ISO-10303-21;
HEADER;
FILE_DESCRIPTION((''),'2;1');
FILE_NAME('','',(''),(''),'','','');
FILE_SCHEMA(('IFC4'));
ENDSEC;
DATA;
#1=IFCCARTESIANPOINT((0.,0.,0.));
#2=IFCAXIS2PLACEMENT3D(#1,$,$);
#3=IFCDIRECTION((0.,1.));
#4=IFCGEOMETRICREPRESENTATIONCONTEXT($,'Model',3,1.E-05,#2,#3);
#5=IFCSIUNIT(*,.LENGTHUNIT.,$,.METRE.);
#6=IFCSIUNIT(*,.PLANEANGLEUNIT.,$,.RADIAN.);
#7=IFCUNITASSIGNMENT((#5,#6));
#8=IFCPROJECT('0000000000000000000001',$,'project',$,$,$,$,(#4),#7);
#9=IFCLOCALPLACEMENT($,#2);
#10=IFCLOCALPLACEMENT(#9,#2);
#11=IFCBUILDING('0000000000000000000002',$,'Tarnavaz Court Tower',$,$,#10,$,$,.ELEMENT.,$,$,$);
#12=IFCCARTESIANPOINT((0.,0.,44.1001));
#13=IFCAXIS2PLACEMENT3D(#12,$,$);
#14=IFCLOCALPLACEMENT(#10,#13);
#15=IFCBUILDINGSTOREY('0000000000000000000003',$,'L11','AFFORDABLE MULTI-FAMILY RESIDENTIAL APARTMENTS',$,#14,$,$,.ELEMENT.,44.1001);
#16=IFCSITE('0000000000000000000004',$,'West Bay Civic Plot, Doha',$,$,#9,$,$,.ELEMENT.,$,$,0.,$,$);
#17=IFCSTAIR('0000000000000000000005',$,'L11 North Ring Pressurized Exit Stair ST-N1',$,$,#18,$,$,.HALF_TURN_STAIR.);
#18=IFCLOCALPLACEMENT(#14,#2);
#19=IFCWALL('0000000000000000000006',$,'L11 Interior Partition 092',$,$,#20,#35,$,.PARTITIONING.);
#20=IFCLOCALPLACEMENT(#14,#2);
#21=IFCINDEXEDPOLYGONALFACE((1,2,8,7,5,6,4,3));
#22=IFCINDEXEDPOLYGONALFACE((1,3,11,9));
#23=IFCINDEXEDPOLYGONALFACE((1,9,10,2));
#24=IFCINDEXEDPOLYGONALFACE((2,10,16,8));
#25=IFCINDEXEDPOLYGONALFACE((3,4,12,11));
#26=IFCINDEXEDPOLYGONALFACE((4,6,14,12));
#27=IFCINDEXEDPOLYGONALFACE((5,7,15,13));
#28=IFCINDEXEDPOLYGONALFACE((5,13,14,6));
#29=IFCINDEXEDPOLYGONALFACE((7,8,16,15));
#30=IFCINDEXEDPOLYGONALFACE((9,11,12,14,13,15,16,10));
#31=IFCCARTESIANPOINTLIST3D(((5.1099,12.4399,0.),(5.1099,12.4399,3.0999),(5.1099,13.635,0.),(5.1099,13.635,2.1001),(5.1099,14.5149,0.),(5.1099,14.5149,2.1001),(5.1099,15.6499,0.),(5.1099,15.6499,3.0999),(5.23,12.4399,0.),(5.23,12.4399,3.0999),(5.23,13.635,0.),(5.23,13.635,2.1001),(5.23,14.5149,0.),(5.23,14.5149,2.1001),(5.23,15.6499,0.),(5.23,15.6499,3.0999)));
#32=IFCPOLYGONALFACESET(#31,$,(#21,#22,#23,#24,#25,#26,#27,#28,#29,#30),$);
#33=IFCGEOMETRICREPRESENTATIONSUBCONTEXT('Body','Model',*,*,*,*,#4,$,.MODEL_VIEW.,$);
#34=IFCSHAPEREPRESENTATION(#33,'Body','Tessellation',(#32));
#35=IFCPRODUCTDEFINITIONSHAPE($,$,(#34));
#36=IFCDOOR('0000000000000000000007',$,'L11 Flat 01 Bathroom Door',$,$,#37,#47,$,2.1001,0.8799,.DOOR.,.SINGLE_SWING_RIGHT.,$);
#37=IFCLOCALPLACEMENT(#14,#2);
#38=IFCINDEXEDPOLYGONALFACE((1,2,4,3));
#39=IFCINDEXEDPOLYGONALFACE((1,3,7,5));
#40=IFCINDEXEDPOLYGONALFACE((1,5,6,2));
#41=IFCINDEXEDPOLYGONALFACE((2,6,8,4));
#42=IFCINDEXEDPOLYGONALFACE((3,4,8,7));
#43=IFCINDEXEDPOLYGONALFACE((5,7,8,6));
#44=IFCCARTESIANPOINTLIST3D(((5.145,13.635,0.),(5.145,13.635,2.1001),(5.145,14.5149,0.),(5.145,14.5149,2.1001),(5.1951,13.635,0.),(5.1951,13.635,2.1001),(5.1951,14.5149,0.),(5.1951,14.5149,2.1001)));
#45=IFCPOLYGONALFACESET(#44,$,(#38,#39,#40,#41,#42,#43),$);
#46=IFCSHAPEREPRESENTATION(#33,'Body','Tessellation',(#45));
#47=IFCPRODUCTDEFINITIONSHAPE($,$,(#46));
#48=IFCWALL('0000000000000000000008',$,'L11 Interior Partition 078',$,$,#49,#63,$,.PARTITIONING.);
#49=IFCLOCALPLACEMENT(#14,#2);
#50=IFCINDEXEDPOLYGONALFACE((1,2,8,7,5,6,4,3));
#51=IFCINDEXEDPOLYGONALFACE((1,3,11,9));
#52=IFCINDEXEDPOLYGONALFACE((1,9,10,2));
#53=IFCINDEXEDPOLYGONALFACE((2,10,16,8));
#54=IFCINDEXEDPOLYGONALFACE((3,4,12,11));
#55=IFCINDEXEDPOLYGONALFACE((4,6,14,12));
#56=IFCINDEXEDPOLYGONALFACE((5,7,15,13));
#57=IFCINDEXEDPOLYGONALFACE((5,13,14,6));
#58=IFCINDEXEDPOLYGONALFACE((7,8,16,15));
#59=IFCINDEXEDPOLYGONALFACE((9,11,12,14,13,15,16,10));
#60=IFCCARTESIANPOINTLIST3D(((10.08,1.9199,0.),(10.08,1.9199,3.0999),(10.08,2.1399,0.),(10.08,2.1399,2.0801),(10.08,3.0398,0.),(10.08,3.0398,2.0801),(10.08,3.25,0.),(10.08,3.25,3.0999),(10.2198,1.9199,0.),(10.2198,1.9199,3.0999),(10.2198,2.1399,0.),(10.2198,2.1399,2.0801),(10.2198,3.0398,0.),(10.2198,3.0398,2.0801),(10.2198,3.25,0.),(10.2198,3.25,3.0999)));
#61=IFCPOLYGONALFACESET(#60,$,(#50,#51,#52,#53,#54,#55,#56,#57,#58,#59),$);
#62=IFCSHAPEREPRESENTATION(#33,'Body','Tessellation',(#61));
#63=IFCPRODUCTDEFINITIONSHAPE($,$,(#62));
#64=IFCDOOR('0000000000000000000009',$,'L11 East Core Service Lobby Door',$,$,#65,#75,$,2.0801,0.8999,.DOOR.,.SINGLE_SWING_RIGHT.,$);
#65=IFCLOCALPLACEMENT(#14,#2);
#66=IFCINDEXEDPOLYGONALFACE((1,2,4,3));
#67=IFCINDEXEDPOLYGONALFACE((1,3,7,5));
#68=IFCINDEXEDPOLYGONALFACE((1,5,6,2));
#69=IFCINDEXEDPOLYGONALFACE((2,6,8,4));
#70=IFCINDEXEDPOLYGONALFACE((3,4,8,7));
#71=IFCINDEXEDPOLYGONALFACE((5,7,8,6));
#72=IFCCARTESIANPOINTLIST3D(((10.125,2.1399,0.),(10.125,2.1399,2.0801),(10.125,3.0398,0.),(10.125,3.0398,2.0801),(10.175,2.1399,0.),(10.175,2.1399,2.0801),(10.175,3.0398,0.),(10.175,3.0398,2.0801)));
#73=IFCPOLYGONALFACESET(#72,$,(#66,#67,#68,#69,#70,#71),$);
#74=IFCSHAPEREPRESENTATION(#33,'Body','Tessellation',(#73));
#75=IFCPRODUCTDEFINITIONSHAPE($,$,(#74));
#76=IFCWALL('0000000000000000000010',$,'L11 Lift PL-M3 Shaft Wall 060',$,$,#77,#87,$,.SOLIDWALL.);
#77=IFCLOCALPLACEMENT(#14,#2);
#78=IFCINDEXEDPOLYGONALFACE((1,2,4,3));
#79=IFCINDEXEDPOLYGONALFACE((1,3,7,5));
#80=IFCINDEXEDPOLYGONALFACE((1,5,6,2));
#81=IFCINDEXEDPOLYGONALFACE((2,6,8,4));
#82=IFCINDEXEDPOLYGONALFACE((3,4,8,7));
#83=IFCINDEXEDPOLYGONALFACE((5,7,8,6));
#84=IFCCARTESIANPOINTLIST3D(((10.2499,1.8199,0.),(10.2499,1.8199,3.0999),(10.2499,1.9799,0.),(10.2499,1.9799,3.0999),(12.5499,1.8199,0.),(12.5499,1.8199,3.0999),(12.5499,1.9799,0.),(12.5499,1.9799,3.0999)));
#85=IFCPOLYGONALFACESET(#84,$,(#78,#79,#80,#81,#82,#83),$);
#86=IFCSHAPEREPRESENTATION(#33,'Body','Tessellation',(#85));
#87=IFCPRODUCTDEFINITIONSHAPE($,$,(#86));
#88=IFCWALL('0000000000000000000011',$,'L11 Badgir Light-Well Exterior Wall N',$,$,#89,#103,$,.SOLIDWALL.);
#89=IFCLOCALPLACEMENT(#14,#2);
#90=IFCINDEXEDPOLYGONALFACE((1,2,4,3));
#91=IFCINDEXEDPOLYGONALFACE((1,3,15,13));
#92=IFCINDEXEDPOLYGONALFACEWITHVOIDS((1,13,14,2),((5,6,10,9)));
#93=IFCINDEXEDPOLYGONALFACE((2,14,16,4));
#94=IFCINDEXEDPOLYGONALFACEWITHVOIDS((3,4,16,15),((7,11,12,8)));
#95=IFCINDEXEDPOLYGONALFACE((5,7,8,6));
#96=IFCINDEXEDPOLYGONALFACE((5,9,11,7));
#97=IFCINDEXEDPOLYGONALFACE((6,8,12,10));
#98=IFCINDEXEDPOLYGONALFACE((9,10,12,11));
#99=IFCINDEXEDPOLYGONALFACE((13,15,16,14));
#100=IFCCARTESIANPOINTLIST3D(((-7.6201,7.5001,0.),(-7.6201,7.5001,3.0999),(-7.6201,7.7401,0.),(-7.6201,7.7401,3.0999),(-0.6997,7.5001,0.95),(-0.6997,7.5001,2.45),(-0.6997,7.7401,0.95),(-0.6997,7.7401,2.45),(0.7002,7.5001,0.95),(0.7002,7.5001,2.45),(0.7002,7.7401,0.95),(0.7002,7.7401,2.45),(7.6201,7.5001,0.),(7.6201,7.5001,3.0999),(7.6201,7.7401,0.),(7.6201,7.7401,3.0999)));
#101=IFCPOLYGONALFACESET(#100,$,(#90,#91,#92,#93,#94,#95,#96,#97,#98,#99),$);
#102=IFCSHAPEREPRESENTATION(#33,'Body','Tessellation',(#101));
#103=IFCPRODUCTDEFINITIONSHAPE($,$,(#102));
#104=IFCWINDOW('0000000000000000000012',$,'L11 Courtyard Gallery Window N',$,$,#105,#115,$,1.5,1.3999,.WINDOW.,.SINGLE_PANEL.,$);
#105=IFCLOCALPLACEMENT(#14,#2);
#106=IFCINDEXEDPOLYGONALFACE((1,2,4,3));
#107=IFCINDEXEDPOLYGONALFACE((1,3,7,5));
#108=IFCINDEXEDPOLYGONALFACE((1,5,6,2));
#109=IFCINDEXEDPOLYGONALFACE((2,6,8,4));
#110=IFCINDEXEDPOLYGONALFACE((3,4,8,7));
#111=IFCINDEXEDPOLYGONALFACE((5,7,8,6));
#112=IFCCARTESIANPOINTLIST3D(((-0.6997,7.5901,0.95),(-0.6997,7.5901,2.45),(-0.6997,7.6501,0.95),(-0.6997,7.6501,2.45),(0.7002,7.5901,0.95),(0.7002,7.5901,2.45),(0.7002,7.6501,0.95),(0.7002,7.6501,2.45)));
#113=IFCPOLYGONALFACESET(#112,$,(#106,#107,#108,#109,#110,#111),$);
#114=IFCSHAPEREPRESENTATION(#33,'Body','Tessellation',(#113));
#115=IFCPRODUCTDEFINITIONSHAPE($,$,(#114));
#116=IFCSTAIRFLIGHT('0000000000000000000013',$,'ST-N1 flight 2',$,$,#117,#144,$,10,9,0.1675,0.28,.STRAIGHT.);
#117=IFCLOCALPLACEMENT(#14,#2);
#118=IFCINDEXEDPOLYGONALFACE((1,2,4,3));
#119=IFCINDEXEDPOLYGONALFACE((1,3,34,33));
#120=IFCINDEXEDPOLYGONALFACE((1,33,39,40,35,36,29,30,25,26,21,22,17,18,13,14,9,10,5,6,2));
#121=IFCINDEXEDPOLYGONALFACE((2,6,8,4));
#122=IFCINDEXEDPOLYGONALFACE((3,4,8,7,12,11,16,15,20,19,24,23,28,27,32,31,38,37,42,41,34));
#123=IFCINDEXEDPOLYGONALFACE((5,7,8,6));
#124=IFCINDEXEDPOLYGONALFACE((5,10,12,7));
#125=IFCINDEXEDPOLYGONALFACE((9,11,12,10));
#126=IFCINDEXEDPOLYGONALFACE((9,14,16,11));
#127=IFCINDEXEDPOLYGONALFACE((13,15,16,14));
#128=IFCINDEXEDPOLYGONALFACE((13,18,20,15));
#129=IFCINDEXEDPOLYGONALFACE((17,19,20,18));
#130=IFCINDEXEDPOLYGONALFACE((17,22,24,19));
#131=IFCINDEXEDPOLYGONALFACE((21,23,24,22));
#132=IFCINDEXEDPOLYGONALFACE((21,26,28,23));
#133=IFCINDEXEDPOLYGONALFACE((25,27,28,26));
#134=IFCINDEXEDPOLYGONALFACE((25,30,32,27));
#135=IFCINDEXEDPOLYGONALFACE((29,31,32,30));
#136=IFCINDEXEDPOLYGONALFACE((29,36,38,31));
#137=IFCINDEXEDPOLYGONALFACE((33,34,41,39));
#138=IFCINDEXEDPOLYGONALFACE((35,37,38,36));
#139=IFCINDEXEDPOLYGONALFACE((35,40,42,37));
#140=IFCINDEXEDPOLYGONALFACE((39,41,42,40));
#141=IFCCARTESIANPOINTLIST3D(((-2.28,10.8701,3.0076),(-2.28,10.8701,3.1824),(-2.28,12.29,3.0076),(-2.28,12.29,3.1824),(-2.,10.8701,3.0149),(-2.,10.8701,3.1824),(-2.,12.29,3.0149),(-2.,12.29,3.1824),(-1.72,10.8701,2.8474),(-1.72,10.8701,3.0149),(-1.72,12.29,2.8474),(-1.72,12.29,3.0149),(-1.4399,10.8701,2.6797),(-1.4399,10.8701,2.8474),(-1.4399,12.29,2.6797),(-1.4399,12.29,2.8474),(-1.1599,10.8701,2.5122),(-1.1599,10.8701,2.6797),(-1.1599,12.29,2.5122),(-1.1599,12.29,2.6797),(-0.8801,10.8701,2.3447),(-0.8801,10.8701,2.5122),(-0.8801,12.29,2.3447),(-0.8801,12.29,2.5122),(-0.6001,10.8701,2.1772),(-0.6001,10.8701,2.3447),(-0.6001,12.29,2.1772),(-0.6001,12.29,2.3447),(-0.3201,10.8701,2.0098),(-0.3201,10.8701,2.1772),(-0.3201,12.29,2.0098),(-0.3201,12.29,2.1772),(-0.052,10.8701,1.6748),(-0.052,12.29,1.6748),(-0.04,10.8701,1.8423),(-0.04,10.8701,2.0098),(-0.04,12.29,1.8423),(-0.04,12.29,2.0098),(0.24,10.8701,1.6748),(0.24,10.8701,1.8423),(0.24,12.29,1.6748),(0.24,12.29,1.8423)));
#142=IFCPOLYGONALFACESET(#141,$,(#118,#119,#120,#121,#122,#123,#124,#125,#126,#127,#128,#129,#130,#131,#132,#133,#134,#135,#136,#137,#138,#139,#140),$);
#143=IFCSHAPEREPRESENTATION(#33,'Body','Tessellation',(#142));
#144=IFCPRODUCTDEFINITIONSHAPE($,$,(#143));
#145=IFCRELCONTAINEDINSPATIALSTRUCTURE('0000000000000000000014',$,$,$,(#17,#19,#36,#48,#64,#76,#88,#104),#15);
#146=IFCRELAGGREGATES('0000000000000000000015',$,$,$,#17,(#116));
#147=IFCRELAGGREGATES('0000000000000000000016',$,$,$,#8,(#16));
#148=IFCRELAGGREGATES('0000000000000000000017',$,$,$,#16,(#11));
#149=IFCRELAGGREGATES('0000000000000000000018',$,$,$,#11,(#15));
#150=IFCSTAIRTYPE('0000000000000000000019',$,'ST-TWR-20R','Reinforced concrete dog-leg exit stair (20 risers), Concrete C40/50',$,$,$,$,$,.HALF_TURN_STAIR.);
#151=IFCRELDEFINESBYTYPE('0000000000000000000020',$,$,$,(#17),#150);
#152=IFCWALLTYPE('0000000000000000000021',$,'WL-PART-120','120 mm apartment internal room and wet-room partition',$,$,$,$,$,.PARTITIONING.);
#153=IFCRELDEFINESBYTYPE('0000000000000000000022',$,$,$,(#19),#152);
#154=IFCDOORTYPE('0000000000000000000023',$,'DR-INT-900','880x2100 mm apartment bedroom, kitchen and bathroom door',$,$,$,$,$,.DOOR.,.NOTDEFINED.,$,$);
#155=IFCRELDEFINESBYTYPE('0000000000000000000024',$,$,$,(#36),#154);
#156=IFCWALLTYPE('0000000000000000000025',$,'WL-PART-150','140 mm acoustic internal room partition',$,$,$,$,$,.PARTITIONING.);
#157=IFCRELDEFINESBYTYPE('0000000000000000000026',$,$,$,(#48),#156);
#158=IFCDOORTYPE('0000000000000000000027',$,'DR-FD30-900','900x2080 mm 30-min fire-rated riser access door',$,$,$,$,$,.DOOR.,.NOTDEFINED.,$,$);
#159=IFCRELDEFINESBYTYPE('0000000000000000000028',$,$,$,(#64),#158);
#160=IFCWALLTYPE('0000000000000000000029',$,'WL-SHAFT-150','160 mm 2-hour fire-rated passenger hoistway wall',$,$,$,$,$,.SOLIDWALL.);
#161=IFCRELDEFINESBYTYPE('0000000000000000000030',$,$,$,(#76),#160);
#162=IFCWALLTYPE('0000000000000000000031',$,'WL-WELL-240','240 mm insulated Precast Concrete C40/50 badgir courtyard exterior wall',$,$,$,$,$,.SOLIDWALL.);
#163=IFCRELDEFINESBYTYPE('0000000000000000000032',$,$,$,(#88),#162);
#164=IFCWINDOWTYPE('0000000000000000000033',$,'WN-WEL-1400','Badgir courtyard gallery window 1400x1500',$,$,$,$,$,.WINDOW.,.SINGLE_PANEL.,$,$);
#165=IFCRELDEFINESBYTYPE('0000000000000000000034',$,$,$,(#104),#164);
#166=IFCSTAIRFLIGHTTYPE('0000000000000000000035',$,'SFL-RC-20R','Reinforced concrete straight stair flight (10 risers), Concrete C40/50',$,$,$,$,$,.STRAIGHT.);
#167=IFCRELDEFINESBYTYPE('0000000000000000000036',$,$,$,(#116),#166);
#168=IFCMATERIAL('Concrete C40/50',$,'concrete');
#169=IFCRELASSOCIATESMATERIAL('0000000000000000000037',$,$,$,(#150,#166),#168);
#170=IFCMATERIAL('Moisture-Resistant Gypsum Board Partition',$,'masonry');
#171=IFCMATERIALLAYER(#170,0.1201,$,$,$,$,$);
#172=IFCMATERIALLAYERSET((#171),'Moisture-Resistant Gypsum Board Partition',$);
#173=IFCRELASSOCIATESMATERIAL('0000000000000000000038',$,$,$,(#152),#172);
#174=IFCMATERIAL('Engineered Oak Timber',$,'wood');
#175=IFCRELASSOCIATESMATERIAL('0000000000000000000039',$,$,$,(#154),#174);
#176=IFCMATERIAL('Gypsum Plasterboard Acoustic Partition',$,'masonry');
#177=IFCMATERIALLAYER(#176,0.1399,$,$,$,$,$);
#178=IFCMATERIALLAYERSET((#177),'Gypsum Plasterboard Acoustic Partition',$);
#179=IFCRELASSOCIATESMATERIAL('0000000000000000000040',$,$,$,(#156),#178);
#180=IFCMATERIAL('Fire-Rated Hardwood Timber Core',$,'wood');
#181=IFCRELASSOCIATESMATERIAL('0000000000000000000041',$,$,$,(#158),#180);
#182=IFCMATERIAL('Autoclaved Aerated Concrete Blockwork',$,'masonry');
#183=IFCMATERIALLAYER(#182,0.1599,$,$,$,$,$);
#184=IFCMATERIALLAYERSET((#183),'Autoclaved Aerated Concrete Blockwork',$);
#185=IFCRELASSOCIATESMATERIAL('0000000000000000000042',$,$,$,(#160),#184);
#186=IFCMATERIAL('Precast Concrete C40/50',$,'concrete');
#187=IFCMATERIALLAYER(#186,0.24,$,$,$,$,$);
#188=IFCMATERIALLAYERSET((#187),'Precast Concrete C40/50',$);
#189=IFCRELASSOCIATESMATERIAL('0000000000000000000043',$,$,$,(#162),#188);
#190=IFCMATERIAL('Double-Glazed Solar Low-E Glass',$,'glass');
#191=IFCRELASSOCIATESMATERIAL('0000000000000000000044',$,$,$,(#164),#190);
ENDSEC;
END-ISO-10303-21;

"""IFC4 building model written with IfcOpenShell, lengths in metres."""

from ifc_helpers import new_model, si_unit, direction, frame, frame_2d, origin, place, context, subcontext, project, spatial, polyline, rectangle, outline, extrude, material, layer, layer_set, type_object, element, fill, aggregate, save


model = new_model("IFC4")

# Units and contexts
model_context = context("Model", 3, precision=1e-05, world=origin(), true_north=direction((0.0, 1.0)))
body_context = subcontext(model_context, "Body", "Model", "MODEL_VIEW")
ifc_project = project(units=[si_unit("LENGTHUNIT", "METRE"), si_unit("PLANEANGLEUNIT", "RADIAN")], contexts=[model_context])

# Site, building, storey
site_placement = place(None, origin())
site = spatial("IfcSite", under=ifc_project, at=site_placement, Name="West Bay Civic Plot, Doha", CompositionType="ELEMENT", RefElevation=0.0)
building_placement = place(site_placement, origin())
building = spatial("IfcBuilding", under=site, at=building_placement, Name="Tarnavaz Court Tower", CompositionType="ELEMENT")
storey_placement = place(building_placement, frame((0.0, 0.0, 44.1001)))
storey = spatial("IfcBuildingStorey", under=building, at=storey_placement, Name="L11", Description="AFFORDABLE MULTI-FAMILY RESIDENTIAL APARTMENTS", CompositionType="ELEMENT", Elevation=44.1001)

# Stair
ifc_material_1 = material(Name="Concrete C40/50", Category="concrete")
stair_type = type_object("IfcStairType", Name="ST-TWR-20R", Description="Reinforced concrete dog-leg exit stair (20 risers), Concrete C40/50", PredefinedType="HALF_TURN_STAIR", material=ifc_material_1)
stair_1_placement = place(storey_placement, origin())
stair_1 = element("IfcStair", 1, at=stair_1_placement, inside=storey, type_object=stair_type, Name="L11 North Ring Pressurized Exit Stair ST-N1", PredefinedType="HALF_TURN_STAIR")

# Shared definitions
ifc_material_2 = material(Name="Fire-Rated Hardwood Timber Core", Category="wood")

# Shared definitions
ifc_material_3 = material(Name="Autoclaved Aerated Concrete Blockwork", Category="masonry")

# Walls, openings, doors
ifc_material_4 = material(Name="Moisture-Resistant Gypsum Board Partition", Category="masonry")
ifc_layer_1 = layer(ifc_material_4, 0.1201)
ifc_layer_set_1 = layer_set([ifc_layer_1], Name="Moisture-Resistant Gypsum Board Partition")
wall_type_1 = type_object("IfcWallType", Name="WL-PART-120", Description="120 mm apartment internal room and wet-room partition", PredefinedType="PARTITIONING", material=ifc_layer_set_1)
wall_1_placement = place(storey_placement, frame((5.1699, 12.4399, 0.0), z_axis=(0.0, 0.0, 1.0), x_axis=(0.0, 1.0, 0.0)))
wall_1 = element("IfcWall", 2, at=wall_1_placement, inside=storey, type_object=wall_type_1, Name="L11 Interior Partition 092", PredefinedType="PARTITIONING", context=body_context, shape_type="SweptSolid", body=[
    extrude(rectangle(XDim=3.21, YDim=0.1201, at=frame_2d((1.605, 0.0))), origin(), (0.0, 0.0, 1.0), 3.0999),
])
opening_1_placement = place(wall_1_placement, frame((1.1951, 0.0, 0.0)))
opening_1 = element("IfcOpeningElement", 3, at=opening_1_placement, cuts=wall_1, PredefinedType="OPENING", context=body_context, shape_type="SweptSolid", body=[
    extrude(rectangle(XDim=0.8799, YDim=2.1001, at=frame_2d((0.4399, 1.05))), frame((0.0, 0.0701, 0.0), z_axis=(0.0, -1.0, 0.0), x_axis=(1.0, 0.0, 0.0)), (0.0, 0.0, 1.0), 0.1401),
])
ifc_material_5 = material(Name="Engineered Oak Timber", Category="wood")
door_type_1 = type_object("IfcDoorType", Name="DR-INT-900", Description="880x2100 mm apartment bedroom, kitchen and bathroom door", OperationType="NOTDEFINED", PredefinedType="DOOR", material=ifc_material_5)
door_1_placement = place(opening_1_placement, origin())
door_1 = element("IfcDoor", 4, at=door_1_placement, inside=storey, type_object=door_type_1, Name="L11 Flat 01 Bathroom Door", OperationType="SINGLE_SWING_RIGHT", OverallHeight=2.1001, OverallWidth=0.8799, PredefinedType="DOOR", context=body_context, shape_type="SweptSolid", body=[
    extrude(rectangle(XDim=0.8799, YDim=2.1001, at=frame_2d((0.4399, 1.05))), frame((0.0, 0.0249, 0.0), z_axis=(0.0, -1.0, 0.0), x_axis=(1.0, 0.0, 0.0)), (0.0, 0.0, 1.0), 0.05),
])
fill(opening_1, door_1)
ifc_material_6 = material(Name="Gypsum Plasterboard Acoustic Partition", Category="masonry")
ifc_layer_2 = layer(ifc_material_6, 0.1399)
ifc_layer_set_2 = layer_set([ifc_layer_2], Name="Gypsum Plasterboard Acoustic Partition")
wall_type_2 = type_object("IfcWallType", Name="WL-PART-150", Description="140 mm acoustic internal room partition", PredefinedType="PARTITIONING", material=ifc_layer_set_2)
wall_2_placement = place(storey_placement, frame((10.1499, 1.9199, 0.0), z_axis=(0.0, 0.0, 1.0), x_axis=(0.0, 1.0, 0.0)))
wall_2 = element("IfcWall", 5, at=wall_2_placement, inside=storey, type_object=wall_type_2, Name="L11 Interior Partition 078", PredefinedType="PARTITIONING", context=body_context, shape_type="SweptSolid", body=[
    extrude(rectangle(XDim=1.3301, YDim=0.1399, at=frame_2d((0.665, 0.0))), origin(), (0.0, 0.0, 1.0), 3.0999),
])
opening_2_placement = place(wall_2_placement, frame((0.22, 0.0, 0.0)))
opening_2 = element("IfcOpeningElement", 6, at=opening_2_placement, cuts=wall_2, PredefinedType="OPENING", context=body_context, shape_type="SweptSolid", body=[
    extrude(rectangle(XDim=0.8999, YDim=2.0801, at=frame_2d((0.45, 1.04))), frame((0.0, 0.0798, 0.0), z_axis=(0.0, -1.0, 0.0), x_axis=(1.0, 0.0, 0.0)), (0.0, 0.0, 1.0), 0.1599),
])
door_type_2 = type_object("IfcDoorType", Name="DR-FD30-900", Description="900x2080 mm 30-min fire-rated riser access door", OperationType="NOTDEFINED", PredefinedType="DOOR", material=ifc_material_2)
door_2_placement = place(opening_2_placement, origin())
door_2 = element("IfcDoor", 7, at=door_2_placement, inside=storey, type_object=door_type_2, Name="L11 East Core Service Lobby Door", OperationType="SINGLE_SWING_RIGHT", OverallHeight=2.0801, OverallWidth=0.8999, PredefinedType="DOOR", context=body_context, shape_type="SweptSolid", body=[
    extrude(rectangle(XDim=0.8999, YDim=2.0801, at=frame_2d((0.45, 1.04))), frame((0.0, 0.0249, 0.0), z_axis=(0.0, -1.0, 0.0), x_axis=(1.0, 0.0, 0.0)), (0.0, 0.0, 1.0), 0.05),
])
fill(opening_2, door_2)

# Wall
ifc_layer_3 = layer(ifc_material_3, 0.1599)
ifc_layer_set_3 = layer_set([ifc_layer_3], Name="Autoclaved Aerated Concrete Blockwork")
wall_type_3 = type_object("IfcWallType", Name="WL-SHAFT-150", Description="160 mm 2-hour fire-rated passenger hoistway wall", PredefinedType="SOLIDWALL", material=ifc_layer_set_3)
wall_3_placement = place(storey_placement, frame((10.25, 1.8999, 0.0), z_axis=(0.0, 0.0, 1.0), x_axis=(1.0, 0.0, 0.0)))
element("IfcWall", 8, at=wall_3_placement, inside=storey, type_object=wall_type_3, Name="L11 Lift PL-M3 Shaft Wall 060", PredefinedType="SOLIDWALL", context=body_context, shape_type="SweptSolid", body=[
    extrude(rectangle(XDim=2.3, YDim=0.1599, at=frame_2d((1.1499, 0.0))), origin(), (0.0, 0.0, 1.0), 3.0999),
])

# Wall, opening, window
ifc_material_7 = material(Name="Precast Concrete C40/50", Category="concrete")
ifc_layer_4 = layer(ifc_material_7, 0.24)
ifc_layer_set_4 = layer_set([ifc_layer_4], Name="Precast Concrete C40/50")
wall_type_4 = type_object("IfcWallType", Name="WL-WELL-240", Description="240 mm insulated Precast Concrete C40/50 badgir courtyard exterior wall", PredefinedType="SOLIDWALL", material=ifc_layer_set_4)
wall_4_placement = place(storey_placement, frame((7.6201, 7.6201, 0.0), z_axis=(0.0, 0.0, 1.0), x_axis=(-1.0, 0.0, 0.0)))
wall_4 = element("IfcWall", 9, at=wall_4_placement, inside=storey, type_object=wall_type_4, Name="L11 Badgir Light-Well Exterior Wall N", PredefinedType="SOLIDWALL", context=body_context, shape_type="SweptSolid", body=[
    extrude(rectangle(XDim=15.2402, YDim=0.24, at=frame_2d((7.6201, 0.0))), origin(), (0.0, 0.0, 1.0), 3.0999),
])
opening_3_placement = place(wall_4_placement, frame((6.9199, 0.0, 0.95)))
opening_3 = element("IfcOpeningElement", 10, at=opening_3_placement, cuts=wall_4, PredefinedType="OPENING", context=body_context, shape_type="SweptSolid", body=[
    extrude(rectangle(XDim=1.3999, YDim=1.5, at=frame_2d((0.7, 0.75))), frame((0.0, 0.1299, 0.0), z_axis=(0.0, -1.0, 0.0), x_axis=(1.0, 0.0, 0.0)), (0.0, 0.0, 1.0), 0.26),
])
ifc_material_8 = material(Name="Double-Glazed Solar Low-E Glass", Category="glass")
window_type = type_object("IfcWindowType", Name="WN-WEL-1400", Description="Badgir courtyard gallery window 1400x1500", PartitioningType="SINGLE_PANEL", PredefinedType="WINDOW", material=ifc_material_8)
window_placement = place(opening_3_placement, origin())
window = element("IfcWindow", 11, at=window_placement, inside=storey, type_object=window_type, Name="L11 Courtyard Gallery Window N", OverallHeight=1.5, OverallWidth=1.3999, PartitioningType="SINGLE_PANEL", PredefinedType="WINDOW", context=body_context, shape_type="SweptSolid", body=[
    extrude(rectangle(XDim=1.3999, YDim=1.5, at=frame_2d((0.7, 0.75))), frame((0.0, 0.03, 0.0), z_axis=(0.0, -1.0, 0.0), x_axis=(1.0, 0.0, 0.0)), (0.0, 0.0, 1.0), 0.0601),
])
fill(opening_3, window)

# Stair flight
stair_flight_type = type_object("IfcStairFlightType", Name="SFL-RC-20R", Description="Reinforced concrete straight stair flight (10 risers), Concrete C40/50", PredefinedType="STRAIGHT", material=ifc_material_1)
stair_flight_placement = place(storey_placement, frame((0.24, 11.5801, 1.6748), z_axis=(0.0, 0.0, 1.0), x_axis=(-1.0, 0.0, 0.0)))
stair_flight = element("IfcStairFlight", 12, at=stair_flight_placement, type_object=stair_flight_type, Name="ST-N1 flight 2", NumberOfRisers=10, NumberOfTreads=9, PredefinedType="STRAIGHT", RiserHeight=0.1675, TreadLength=0.28, context=body_context, shape_type="SweptSolid", body=[
    extrude(outline(polyline([(0.0, 0.0), (0.0, 0.1675), (0.28, 0.1675), (0.28, 0.335), (0.5601, 0.335), (0.5601, 0.5024), (0.8401, 0.5024), (0.8401, 0.6699), (1.1201, 0.6699), (1.1201, 0.8374), (1.3999, 0.8374), (1.3999, 1.0049), (1.6799, 1.0049), (1.6799, 1.1726), (1.96, 1.1726), (1.96, 1.3401), (2.24, 1.3401), (2.24, 1.5076), (2.52, 1.5076), (2.52, 1.675), (2.52, 1.3328), (0.292, 0.0), (0.0, 0.0)])), frame((0.0, 0.71, 0.0), z_axis=(0.0, -1.0, 0.0), x_axis=(1.0, 0.0, 0.0)), (0.0, 0.0, 1.0), 1.4199),
])
aggregate(stair_1, [stair_flight])

save(model, "model.ifc")
